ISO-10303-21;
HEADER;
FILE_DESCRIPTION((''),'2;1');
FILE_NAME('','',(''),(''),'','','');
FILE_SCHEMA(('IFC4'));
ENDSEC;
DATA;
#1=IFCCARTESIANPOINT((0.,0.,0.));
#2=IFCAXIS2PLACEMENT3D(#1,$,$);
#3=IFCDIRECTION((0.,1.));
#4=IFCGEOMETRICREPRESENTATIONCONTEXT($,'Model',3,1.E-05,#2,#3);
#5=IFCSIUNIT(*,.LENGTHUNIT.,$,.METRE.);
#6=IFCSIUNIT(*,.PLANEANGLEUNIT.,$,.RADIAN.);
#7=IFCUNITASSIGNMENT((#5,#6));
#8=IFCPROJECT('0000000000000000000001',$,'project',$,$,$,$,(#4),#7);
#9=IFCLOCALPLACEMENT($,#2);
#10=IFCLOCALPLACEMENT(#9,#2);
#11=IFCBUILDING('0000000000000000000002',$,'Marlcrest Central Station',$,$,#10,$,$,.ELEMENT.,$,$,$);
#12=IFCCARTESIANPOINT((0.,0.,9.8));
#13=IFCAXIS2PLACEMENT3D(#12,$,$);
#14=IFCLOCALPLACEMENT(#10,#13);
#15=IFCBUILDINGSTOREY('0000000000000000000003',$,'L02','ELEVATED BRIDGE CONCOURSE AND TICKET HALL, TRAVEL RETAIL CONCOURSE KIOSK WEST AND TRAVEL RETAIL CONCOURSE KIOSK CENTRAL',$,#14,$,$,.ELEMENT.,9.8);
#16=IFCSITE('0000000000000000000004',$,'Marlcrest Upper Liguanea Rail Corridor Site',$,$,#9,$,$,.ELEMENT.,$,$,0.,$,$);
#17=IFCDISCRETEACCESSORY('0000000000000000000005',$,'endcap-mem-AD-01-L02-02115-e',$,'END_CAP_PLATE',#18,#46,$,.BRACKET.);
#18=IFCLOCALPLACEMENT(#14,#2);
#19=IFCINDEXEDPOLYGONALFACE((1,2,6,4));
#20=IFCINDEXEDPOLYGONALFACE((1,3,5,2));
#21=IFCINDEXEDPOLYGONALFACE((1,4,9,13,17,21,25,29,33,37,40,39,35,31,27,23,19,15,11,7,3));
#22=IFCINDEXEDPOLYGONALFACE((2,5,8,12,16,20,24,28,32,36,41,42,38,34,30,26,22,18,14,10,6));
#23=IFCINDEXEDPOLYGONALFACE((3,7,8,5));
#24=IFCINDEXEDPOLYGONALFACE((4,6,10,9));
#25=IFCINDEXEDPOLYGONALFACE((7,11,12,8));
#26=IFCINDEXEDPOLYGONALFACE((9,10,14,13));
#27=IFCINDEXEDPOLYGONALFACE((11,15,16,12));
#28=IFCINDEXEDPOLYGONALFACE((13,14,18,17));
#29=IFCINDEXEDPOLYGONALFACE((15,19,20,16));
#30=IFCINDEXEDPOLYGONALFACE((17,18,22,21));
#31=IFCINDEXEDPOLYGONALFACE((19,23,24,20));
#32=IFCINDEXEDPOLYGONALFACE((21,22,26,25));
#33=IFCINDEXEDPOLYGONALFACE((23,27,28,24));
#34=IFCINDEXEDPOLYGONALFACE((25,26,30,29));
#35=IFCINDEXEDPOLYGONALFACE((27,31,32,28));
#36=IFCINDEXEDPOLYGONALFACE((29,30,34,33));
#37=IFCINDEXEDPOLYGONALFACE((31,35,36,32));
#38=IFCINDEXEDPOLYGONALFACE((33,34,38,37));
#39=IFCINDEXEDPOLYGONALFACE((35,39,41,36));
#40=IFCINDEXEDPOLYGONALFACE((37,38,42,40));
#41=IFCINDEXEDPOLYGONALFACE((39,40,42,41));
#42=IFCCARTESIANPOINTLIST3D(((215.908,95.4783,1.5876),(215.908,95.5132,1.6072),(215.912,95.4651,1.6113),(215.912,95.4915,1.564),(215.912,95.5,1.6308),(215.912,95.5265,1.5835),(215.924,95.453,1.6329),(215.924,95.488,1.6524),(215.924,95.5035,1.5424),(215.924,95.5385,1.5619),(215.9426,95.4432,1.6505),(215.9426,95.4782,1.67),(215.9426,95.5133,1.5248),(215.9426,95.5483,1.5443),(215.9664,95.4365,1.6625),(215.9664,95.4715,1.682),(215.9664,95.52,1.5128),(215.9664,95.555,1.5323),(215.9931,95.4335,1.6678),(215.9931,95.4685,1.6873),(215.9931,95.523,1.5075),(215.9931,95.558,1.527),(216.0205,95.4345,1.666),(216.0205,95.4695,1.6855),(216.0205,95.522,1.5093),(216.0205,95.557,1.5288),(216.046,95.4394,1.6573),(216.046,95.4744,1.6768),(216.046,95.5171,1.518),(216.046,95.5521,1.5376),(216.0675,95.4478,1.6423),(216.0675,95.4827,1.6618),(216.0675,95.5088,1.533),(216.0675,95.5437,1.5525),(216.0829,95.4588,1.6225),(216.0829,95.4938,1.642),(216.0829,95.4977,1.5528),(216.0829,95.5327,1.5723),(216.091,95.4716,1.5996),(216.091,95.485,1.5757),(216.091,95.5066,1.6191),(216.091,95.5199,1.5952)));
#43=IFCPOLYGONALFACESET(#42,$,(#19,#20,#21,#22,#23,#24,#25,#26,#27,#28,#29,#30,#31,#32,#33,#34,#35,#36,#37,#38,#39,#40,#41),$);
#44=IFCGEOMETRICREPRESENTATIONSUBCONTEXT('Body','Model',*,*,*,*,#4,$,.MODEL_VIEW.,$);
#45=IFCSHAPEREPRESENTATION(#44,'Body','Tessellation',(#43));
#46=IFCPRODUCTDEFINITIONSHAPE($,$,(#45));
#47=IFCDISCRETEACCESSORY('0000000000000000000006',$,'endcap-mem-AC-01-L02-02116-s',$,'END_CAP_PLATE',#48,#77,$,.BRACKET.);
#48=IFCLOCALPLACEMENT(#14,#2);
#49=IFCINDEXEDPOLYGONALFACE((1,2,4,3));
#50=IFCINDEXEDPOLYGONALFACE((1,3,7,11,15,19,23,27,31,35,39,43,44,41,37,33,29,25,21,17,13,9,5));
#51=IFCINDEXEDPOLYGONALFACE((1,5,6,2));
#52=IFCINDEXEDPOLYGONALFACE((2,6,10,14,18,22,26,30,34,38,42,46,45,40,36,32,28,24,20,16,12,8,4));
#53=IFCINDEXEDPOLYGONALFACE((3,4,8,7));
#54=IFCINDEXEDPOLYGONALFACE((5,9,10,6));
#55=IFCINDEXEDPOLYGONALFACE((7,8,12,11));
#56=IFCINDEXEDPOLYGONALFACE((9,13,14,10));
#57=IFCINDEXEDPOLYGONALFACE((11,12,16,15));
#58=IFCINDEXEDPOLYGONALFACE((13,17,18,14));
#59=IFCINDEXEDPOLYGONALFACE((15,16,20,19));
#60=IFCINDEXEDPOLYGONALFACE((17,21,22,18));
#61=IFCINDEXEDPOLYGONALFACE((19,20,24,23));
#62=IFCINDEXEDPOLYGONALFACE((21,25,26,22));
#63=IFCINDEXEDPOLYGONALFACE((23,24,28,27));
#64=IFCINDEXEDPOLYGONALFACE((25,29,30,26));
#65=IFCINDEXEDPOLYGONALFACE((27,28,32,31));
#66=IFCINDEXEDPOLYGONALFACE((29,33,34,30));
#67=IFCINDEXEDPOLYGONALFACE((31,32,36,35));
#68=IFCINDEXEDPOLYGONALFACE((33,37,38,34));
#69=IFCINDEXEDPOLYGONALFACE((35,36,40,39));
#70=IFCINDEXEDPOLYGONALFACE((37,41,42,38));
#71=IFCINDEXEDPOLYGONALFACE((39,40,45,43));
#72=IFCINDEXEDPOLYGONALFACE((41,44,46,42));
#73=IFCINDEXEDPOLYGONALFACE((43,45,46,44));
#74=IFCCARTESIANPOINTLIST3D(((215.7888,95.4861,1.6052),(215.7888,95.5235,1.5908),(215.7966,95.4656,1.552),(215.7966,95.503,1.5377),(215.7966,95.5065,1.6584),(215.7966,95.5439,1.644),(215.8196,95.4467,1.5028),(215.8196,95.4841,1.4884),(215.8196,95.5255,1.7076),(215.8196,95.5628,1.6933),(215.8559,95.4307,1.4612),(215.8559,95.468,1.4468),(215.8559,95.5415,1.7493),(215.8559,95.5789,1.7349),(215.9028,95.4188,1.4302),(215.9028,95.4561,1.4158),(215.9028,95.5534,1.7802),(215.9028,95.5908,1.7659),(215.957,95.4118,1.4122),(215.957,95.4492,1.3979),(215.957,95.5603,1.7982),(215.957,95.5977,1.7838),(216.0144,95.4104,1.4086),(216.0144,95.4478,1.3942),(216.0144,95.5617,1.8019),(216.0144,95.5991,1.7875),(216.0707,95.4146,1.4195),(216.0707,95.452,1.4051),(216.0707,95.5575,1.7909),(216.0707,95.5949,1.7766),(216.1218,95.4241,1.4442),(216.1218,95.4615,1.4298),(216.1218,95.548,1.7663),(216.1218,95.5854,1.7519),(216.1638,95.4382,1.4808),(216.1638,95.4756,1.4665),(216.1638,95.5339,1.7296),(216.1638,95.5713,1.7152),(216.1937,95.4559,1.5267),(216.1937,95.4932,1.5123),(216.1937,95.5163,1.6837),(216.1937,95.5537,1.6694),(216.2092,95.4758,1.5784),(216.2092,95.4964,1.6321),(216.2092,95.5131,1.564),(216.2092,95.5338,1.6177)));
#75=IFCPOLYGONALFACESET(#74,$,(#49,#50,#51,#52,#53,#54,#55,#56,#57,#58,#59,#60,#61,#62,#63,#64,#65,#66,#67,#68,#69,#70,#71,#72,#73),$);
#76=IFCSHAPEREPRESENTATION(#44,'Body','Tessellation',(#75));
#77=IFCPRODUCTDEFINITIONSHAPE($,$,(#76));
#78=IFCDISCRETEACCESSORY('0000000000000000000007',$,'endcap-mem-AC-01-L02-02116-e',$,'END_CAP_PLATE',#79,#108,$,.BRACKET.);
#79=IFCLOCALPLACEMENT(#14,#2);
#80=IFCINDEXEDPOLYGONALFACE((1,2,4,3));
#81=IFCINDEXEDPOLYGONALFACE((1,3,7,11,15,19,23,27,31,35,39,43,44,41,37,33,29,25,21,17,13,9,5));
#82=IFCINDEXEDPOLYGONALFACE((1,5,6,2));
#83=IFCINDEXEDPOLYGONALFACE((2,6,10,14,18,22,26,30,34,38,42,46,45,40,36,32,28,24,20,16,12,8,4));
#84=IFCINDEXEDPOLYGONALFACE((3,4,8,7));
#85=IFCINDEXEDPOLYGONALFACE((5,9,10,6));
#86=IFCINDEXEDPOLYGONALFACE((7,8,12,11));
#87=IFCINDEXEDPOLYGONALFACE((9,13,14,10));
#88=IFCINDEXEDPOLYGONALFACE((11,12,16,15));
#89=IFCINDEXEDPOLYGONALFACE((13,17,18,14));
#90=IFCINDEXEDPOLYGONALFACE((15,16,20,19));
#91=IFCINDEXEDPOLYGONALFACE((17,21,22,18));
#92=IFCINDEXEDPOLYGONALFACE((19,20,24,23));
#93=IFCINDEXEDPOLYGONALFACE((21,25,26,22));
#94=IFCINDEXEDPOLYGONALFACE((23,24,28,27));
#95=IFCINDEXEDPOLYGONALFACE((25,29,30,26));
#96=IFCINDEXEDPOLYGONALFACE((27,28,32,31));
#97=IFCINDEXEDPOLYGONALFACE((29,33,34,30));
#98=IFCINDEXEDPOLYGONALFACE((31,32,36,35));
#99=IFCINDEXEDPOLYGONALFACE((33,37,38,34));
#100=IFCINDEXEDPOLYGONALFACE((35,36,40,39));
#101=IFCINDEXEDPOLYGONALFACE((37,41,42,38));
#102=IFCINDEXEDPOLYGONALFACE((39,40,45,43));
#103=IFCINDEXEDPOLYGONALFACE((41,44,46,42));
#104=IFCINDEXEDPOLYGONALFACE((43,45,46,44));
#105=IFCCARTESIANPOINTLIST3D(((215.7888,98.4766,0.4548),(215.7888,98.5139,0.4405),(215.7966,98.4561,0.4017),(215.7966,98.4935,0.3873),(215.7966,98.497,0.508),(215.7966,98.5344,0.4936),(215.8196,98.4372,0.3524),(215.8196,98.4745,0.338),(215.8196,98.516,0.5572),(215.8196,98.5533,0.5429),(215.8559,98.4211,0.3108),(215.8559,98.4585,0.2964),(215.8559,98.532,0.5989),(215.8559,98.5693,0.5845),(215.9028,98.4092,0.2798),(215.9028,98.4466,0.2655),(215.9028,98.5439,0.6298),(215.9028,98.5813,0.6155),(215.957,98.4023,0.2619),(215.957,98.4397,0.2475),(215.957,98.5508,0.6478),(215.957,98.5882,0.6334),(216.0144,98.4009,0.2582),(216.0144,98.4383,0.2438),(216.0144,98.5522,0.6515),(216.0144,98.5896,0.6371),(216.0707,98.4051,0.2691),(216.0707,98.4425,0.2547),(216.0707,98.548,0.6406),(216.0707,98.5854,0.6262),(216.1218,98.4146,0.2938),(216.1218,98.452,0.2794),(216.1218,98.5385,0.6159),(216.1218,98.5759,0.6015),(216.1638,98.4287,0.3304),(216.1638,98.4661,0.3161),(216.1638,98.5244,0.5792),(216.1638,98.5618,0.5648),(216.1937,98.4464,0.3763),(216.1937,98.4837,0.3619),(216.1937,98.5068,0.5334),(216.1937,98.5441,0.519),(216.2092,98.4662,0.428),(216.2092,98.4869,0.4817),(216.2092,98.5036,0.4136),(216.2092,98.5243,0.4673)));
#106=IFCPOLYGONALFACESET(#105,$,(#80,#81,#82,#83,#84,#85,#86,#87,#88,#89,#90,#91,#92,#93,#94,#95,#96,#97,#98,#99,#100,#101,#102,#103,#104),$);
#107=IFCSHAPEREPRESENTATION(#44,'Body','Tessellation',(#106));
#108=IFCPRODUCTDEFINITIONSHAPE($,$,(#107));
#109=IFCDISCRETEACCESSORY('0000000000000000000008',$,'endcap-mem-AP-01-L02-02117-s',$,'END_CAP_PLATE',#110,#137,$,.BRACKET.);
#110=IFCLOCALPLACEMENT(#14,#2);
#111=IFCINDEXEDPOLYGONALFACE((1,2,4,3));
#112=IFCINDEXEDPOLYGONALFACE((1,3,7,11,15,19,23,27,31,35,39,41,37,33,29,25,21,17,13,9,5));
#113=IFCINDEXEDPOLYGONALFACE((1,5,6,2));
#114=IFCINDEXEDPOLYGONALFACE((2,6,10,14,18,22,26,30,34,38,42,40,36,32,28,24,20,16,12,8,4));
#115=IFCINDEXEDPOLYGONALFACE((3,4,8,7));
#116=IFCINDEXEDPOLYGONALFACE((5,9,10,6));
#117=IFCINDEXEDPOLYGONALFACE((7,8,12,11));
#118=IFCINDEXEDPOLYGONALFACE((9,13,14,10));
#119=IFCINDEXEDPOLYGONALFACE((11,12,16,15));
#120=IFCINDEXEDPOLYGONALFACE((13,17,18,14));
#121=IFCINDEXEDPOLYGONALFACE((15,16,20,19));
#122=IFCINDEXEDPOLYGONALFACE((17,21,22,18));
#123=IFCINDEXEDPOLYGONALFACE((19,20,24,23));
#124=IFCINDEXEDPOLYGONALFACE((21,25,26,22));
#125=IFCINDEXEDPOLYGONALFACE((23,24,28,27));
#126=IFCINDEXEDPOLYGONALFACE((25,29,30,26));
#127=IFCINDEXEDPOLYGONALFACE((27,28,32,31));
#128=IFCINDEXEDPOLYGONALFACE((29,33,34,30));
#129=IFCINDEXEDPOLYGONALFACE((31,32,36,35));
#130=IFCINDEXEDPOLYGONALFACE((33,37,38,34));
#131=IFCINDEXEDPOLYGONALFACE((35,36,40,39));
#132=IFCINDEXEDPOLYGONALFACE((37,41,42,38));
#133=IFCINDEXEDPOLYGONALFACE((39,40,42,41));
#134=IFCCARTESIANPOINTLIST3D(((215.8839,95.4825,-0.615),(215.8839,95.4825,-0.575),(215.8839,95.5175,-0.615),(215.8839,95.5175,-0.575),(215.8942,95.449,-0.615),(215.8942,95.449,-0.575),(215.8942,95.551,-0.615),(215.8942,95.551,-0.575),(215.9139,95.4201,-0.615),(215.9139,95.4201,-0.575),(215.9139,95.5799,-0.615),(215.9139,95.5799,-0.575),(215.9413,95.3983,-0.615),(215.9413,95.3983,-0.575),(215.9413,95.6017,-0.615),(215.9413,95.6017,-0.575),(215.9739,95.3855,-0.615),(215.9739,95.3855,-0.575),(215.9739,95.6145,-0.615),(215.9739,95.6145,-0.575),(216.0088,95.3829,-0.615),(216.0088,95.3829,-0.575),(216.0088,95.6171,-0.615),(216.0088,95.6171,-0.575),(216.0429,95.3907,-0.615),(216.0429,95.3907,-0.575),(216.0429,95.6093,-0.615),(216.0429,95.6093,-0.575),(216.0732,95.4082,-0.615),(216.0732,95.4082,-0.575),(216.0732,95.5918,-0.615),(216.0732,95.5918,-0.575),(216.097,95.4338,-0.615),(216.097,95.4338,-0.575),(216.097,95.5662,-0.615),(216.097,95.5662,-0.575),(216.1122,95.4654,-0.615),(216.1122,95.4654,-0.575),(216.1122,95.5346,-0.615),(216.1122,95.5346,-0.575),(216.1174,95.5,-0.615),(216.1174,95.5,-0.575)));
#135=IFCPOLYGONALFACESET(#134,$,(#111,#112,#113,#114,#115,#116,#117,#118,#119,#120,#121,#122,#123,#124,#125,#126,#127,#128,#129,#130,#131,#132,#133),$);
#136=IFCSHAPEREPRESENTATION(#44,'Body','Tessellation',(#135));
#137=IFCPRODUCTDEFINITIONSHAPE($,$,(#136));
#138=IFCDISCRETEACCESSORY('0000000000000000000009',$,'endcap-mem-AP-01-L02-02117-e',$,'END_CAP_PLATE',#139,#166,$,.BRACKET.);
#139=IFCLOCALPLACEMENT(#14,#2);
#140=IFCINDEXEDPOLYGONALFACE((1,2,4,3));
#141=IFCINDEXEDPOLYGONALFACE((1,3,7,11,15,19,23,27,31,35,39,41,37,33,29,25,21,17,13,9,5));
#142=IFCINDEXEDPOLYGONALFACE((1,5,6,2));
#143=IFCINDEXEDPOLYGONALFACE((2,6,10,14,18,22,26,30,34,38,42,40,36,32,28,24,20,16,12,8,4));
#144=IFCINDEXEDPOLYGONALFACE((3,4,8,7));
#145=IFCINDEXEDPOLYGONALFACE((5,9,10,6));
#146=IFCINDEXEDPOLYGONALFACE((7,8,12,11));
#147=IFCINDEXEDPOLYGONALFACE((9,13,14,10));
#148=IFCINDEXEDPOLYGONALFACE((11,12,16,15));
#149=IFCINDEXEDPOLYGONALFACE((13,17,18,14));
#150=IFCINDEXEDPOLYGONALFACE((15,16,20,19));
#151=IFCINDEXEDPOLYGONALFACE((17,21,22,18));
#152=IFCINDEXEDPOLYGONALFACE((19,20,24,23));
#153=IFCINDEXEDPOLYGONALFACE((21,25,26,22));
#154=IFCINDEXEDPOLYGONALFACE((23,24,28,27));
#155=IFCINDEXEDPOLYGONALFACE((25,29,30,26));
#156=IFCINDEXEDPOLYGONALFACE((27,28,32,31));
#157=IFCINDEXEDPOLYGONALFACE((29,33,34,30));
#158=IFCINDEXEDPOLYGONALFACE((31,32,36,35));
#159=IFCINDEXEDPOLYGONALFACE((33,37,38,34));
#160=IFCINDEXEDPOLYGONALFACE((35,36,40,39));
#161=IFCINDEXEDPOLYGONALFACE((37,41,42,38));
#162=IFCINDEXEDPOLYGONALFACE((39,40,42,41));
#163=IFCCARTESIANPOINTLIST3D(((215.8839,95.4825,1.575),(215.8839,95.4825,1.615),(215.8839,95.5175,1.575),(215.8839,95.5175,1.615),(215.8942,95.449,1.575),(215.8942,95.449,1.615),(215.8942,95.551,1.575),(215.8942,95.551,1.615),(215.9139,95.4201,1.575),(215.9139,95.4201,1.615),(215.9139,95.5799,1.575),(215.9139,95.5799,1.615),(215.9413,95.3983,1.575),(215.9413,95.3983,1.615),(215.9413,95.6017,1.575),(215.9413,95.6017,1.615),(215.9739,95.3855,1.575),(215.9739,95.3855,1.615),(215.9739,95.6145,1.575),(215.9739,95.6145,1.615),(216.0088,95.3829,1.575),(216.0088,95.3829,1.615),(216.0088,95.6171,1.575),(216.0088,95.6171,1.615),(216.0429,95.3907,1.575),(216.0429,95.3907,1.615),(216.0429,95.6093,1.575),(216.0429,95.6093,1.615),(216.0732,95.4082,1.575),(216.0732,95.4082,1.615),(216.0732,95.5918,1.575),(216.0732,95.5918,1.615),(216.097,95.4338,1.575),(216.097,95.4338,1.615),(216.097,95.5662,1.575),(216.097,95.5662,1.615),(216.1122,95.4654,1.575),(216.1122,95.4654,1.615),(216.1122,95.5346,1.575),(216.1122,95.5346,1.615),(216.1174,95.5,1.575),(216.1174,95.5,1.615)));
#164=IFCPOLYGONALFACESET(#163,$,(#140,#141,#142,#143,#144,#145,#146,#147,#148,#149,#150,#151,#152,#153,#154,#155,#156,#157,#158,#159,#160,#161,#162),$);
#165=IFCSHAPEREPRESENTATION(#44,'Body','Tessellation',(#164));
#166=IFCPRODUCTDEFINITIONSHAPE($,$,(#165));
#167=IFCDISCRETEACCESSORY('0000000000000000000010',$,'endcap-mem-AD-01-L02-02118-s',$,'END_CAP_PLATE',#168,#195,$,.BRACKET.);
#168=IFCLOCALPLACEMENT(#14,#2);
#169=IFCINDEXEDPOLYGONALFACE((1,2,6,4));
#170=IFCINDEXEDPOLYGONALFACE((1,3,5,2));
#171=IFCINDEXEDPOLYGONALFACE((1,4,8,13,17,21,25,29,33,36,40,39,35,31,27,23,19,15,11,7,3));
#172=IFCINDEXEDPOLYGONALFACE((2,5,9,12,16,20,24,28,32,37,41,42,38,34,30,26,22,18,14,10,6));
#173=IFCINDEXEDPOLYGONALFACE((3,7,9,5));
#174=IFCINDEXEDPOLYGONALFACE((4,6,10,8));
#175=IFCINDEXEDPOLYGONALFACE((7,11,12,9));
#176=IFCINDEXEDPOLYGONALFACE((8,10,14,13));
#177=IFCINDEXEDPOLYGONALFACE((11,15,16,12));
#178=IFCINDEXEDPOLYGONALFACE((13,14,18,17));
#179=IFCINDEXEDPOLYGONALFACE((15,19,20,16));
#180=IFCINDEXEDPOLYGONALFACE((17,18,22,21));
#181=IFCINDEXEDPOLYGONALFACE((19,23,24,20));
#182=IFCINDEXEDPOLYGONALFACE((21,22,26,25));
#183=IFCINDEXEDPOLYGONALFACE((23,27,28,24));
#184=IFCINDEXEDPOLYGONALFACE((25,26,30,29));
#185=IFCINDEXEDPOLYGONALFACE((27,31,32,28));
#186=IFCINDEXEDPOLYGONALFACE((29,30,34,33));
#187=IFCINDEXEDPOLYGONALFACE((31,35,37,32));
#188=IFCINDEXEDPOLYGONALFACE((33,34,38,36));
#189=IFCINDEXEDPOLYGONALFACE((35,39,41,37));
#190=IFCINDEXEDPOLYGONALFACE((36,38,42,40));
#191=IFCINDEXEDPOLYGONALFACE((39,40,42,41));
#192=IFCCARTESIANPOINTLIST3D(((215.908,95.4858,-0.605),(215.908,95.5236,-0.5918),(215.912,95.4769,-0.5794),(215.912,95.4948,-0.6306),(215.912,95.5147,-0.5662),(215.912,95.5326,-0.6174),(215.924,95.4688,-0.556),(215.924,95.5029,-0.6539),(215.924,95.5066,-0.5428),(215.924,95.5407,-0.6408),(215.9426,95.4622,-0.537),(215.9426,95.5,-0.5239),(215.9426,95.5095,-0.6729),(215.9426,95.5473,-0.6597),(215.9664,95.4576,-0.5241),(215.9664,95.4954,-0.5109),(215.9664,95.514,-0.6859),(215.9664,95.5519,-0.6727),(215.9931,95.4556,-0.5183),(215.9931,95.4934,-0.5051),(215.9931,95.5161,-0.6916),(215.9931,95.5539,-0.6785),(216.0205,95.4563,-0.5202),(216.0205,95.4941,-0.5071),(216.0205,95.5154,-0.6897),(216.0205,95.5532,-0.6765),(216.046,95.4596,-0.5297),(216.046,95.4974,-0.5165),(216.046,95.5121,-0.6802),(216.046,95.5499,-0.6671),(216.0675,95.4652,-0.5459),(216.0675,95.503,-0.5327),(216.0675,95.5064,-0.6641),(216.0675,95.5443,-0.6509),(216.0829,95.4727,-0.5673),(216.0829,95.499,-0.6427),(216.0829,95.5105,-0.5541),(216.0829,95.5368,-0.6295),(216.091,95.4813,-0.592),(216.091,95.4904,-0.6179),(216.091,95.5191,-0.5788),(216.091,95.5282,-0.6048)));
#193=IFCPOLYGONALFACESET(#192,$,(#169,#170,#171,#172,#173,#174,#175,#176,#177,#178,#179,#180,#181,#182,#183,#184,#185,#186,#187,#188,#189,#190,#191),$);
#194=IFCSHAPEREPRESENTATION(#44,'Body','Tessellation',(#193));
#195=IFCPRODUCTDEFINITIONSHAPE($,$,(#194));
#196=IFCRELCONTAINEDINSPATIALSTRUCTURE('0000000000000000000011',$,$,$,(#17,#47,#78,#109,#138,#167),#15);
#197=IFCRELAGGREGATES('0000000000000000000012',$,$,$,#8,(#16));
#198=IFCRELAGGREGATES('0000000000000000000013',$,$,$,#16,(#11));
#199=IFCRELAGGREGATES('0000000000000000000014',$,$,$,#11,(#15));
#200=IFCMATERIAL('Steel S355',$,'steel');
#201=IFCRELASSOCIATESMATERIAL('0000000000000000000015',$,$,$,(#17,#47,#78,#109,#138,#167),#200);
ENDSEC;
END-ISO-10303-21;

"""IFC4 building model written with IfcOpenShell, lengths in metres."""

from ifc_helpers import new_model, si_unit, direction, frame, origin, origin_2d, place, context, subcontext, project, spatial, circle, extrude, material, element, save


model = new_model("IFC4")

# Units and contexts
model_context = context("Model", 3, precision=1e-05, world=origin(), true_north=direction((0.0, 1.0)))
body_context = subcontext(model_context, "Body", "Model", "MODEL_VIEW")
ifc_project = project(units=[si_unit("LENGTHUNIT", "METRE"), si_unit("PLANEANGLEUNIT", "RADIAN")], contexts=[model_context])

# Site, building, storey
site_placement = place(None, origin())
site = spatial("IfcSite", under=ifc_project, at=site_placement, Name="Marlcrest Upper Liguanea Rail Corridor Site", CompositionType="ELEMENT", RefElevation=0.0)
building_placement = place(site_placement, origin())
building = spatial("IfcBuilding", under=site, at=building_placement, Name="Marlcrest Central Station", CompositionType="ELEMENT")
storey_placement = place(building_placement, frame((0.0, 0.0, 9.8)))
storey = spatial("IfcBuildingStorey", under=building, at=storey_placement, Name="L02", Description="ELEVATED BRIDGE CONCOURSE AND TICKET HALL, TRAVEL RETAIL CONCOURSE KIOSK WEST AND TRAVEL RETAIL CONCOURSE KIOSK CENTRAL", CompositionType="ELEMENT", Elevation=9.8)

# Shared definitions
ifc_material = material(Name="Steel S355", Category="steel")

# Discrete accessories
for number, where, z_axis, x_axis, name in (
    (1, (216.0, 95.4783, 1.5876), (0.0, 0.873246, 0.48728), (-1.0, 0.0, 0.0), "endcap-mem-AD-01-L02-02115-e"),
):
    element("IfcDiscreteAccessory", number, at=place(storey_placement, frame(where, z_axis=z_axis, x_axis=x_axis)), inside=storey, material=ifc_material, Name=name, ObjectType="END_CAP_PLATE", PredefinedType="BRACKET", context=body_context, shape_type="SweptSolid", body=[
        extrude(circle(Radius=0.092, at=origin_2d()), origin(), (0.0, 0.0, 1.0), 0.04),
    ])
for number, where, z_axis, x_axis, name in (
    (2, (216.0, 95.4861, 1.6052), (0.0, 0.933324, -0.359035), (-1.0, 0.0, 0.0), "endcap-mem-AC-01-L02-02116-s"),
    (3, (216.0, 98.4766, 0.4548), (0.0, 0.933324, -0.359035), (-1.0, 0.0, 0.0), "endcap-mem-AC-01-L02-02116-e"),
):
    element("IfcDiscreteAccessory", number, at=place(storey_placement, frame(where, z_axis=z_axis, x_axis=x_axis)), inside=storey, material=ifc_material, Name=name, ObjectType="END_CAP_PLATE", PredefinedType="BRACKET", context=body_context, shape_type="SweptSolid", body=[
        extrude(circle(Radius=0.2112, at=origin_2d()), origin(), (0.0, 0.0, 1.0), 0.04),
    ])
for number, where, z_axis, x_axis, name in (
    (4, (216.0, 95.5, -0.615), (0.0, 0.0, 1.0), (1.0, 0.0, 0.0), "endcap-mem-AP-01-L02-02117-s"),
    (5, (216.0, 95.5, 1.575), (0.0, 0.0, 1.0), (1.0, 0.0, 0.0), "endcap-mem-AP-01-L02-02117-e"),
):
    element("IfcDiscreteAccessory", number, at=place(storey_placement, frame(where, z_axis=z_axis, x_axis=x_axis)), inside=storey, material=ifc_material, Name=name, ObjectType="END_CAP_PLATE", PredefinedType="BRACKET", context=body_context, shape_type="SweptSolid", body=[
        extrude(circle(Radius=0.1174, at=origin_2d()), origin(), (0.0, 0.0, 1.0), 0.04),
    ])
for number, where, z_axis, x_axis, name in (
    (6, (216.0, 95.4858, -0.605), (0.0, 0.94426, 0.3292), (-1.0, 0.0, 0.0), "endcap-mem-AD-01-L02-02118-s"),
):
    element("IfcDiscreteAccessory", number, at=place(storey_placement, frame(where, z_axis=z_axis, x_axis=x_axis)), inside=storey, material=ifc_material, Name=name, ObjectType="END_CAP_PLATE", PredefinedType="BRACKET", context=body_context, shape_type="SweptSolid", body=[
        extrude(circle(Radius=0.092, at=origin_2d()), origin(), (0.0, 0.0, 1.0), 0.04),
    ])

save(model, "model.ifc")
